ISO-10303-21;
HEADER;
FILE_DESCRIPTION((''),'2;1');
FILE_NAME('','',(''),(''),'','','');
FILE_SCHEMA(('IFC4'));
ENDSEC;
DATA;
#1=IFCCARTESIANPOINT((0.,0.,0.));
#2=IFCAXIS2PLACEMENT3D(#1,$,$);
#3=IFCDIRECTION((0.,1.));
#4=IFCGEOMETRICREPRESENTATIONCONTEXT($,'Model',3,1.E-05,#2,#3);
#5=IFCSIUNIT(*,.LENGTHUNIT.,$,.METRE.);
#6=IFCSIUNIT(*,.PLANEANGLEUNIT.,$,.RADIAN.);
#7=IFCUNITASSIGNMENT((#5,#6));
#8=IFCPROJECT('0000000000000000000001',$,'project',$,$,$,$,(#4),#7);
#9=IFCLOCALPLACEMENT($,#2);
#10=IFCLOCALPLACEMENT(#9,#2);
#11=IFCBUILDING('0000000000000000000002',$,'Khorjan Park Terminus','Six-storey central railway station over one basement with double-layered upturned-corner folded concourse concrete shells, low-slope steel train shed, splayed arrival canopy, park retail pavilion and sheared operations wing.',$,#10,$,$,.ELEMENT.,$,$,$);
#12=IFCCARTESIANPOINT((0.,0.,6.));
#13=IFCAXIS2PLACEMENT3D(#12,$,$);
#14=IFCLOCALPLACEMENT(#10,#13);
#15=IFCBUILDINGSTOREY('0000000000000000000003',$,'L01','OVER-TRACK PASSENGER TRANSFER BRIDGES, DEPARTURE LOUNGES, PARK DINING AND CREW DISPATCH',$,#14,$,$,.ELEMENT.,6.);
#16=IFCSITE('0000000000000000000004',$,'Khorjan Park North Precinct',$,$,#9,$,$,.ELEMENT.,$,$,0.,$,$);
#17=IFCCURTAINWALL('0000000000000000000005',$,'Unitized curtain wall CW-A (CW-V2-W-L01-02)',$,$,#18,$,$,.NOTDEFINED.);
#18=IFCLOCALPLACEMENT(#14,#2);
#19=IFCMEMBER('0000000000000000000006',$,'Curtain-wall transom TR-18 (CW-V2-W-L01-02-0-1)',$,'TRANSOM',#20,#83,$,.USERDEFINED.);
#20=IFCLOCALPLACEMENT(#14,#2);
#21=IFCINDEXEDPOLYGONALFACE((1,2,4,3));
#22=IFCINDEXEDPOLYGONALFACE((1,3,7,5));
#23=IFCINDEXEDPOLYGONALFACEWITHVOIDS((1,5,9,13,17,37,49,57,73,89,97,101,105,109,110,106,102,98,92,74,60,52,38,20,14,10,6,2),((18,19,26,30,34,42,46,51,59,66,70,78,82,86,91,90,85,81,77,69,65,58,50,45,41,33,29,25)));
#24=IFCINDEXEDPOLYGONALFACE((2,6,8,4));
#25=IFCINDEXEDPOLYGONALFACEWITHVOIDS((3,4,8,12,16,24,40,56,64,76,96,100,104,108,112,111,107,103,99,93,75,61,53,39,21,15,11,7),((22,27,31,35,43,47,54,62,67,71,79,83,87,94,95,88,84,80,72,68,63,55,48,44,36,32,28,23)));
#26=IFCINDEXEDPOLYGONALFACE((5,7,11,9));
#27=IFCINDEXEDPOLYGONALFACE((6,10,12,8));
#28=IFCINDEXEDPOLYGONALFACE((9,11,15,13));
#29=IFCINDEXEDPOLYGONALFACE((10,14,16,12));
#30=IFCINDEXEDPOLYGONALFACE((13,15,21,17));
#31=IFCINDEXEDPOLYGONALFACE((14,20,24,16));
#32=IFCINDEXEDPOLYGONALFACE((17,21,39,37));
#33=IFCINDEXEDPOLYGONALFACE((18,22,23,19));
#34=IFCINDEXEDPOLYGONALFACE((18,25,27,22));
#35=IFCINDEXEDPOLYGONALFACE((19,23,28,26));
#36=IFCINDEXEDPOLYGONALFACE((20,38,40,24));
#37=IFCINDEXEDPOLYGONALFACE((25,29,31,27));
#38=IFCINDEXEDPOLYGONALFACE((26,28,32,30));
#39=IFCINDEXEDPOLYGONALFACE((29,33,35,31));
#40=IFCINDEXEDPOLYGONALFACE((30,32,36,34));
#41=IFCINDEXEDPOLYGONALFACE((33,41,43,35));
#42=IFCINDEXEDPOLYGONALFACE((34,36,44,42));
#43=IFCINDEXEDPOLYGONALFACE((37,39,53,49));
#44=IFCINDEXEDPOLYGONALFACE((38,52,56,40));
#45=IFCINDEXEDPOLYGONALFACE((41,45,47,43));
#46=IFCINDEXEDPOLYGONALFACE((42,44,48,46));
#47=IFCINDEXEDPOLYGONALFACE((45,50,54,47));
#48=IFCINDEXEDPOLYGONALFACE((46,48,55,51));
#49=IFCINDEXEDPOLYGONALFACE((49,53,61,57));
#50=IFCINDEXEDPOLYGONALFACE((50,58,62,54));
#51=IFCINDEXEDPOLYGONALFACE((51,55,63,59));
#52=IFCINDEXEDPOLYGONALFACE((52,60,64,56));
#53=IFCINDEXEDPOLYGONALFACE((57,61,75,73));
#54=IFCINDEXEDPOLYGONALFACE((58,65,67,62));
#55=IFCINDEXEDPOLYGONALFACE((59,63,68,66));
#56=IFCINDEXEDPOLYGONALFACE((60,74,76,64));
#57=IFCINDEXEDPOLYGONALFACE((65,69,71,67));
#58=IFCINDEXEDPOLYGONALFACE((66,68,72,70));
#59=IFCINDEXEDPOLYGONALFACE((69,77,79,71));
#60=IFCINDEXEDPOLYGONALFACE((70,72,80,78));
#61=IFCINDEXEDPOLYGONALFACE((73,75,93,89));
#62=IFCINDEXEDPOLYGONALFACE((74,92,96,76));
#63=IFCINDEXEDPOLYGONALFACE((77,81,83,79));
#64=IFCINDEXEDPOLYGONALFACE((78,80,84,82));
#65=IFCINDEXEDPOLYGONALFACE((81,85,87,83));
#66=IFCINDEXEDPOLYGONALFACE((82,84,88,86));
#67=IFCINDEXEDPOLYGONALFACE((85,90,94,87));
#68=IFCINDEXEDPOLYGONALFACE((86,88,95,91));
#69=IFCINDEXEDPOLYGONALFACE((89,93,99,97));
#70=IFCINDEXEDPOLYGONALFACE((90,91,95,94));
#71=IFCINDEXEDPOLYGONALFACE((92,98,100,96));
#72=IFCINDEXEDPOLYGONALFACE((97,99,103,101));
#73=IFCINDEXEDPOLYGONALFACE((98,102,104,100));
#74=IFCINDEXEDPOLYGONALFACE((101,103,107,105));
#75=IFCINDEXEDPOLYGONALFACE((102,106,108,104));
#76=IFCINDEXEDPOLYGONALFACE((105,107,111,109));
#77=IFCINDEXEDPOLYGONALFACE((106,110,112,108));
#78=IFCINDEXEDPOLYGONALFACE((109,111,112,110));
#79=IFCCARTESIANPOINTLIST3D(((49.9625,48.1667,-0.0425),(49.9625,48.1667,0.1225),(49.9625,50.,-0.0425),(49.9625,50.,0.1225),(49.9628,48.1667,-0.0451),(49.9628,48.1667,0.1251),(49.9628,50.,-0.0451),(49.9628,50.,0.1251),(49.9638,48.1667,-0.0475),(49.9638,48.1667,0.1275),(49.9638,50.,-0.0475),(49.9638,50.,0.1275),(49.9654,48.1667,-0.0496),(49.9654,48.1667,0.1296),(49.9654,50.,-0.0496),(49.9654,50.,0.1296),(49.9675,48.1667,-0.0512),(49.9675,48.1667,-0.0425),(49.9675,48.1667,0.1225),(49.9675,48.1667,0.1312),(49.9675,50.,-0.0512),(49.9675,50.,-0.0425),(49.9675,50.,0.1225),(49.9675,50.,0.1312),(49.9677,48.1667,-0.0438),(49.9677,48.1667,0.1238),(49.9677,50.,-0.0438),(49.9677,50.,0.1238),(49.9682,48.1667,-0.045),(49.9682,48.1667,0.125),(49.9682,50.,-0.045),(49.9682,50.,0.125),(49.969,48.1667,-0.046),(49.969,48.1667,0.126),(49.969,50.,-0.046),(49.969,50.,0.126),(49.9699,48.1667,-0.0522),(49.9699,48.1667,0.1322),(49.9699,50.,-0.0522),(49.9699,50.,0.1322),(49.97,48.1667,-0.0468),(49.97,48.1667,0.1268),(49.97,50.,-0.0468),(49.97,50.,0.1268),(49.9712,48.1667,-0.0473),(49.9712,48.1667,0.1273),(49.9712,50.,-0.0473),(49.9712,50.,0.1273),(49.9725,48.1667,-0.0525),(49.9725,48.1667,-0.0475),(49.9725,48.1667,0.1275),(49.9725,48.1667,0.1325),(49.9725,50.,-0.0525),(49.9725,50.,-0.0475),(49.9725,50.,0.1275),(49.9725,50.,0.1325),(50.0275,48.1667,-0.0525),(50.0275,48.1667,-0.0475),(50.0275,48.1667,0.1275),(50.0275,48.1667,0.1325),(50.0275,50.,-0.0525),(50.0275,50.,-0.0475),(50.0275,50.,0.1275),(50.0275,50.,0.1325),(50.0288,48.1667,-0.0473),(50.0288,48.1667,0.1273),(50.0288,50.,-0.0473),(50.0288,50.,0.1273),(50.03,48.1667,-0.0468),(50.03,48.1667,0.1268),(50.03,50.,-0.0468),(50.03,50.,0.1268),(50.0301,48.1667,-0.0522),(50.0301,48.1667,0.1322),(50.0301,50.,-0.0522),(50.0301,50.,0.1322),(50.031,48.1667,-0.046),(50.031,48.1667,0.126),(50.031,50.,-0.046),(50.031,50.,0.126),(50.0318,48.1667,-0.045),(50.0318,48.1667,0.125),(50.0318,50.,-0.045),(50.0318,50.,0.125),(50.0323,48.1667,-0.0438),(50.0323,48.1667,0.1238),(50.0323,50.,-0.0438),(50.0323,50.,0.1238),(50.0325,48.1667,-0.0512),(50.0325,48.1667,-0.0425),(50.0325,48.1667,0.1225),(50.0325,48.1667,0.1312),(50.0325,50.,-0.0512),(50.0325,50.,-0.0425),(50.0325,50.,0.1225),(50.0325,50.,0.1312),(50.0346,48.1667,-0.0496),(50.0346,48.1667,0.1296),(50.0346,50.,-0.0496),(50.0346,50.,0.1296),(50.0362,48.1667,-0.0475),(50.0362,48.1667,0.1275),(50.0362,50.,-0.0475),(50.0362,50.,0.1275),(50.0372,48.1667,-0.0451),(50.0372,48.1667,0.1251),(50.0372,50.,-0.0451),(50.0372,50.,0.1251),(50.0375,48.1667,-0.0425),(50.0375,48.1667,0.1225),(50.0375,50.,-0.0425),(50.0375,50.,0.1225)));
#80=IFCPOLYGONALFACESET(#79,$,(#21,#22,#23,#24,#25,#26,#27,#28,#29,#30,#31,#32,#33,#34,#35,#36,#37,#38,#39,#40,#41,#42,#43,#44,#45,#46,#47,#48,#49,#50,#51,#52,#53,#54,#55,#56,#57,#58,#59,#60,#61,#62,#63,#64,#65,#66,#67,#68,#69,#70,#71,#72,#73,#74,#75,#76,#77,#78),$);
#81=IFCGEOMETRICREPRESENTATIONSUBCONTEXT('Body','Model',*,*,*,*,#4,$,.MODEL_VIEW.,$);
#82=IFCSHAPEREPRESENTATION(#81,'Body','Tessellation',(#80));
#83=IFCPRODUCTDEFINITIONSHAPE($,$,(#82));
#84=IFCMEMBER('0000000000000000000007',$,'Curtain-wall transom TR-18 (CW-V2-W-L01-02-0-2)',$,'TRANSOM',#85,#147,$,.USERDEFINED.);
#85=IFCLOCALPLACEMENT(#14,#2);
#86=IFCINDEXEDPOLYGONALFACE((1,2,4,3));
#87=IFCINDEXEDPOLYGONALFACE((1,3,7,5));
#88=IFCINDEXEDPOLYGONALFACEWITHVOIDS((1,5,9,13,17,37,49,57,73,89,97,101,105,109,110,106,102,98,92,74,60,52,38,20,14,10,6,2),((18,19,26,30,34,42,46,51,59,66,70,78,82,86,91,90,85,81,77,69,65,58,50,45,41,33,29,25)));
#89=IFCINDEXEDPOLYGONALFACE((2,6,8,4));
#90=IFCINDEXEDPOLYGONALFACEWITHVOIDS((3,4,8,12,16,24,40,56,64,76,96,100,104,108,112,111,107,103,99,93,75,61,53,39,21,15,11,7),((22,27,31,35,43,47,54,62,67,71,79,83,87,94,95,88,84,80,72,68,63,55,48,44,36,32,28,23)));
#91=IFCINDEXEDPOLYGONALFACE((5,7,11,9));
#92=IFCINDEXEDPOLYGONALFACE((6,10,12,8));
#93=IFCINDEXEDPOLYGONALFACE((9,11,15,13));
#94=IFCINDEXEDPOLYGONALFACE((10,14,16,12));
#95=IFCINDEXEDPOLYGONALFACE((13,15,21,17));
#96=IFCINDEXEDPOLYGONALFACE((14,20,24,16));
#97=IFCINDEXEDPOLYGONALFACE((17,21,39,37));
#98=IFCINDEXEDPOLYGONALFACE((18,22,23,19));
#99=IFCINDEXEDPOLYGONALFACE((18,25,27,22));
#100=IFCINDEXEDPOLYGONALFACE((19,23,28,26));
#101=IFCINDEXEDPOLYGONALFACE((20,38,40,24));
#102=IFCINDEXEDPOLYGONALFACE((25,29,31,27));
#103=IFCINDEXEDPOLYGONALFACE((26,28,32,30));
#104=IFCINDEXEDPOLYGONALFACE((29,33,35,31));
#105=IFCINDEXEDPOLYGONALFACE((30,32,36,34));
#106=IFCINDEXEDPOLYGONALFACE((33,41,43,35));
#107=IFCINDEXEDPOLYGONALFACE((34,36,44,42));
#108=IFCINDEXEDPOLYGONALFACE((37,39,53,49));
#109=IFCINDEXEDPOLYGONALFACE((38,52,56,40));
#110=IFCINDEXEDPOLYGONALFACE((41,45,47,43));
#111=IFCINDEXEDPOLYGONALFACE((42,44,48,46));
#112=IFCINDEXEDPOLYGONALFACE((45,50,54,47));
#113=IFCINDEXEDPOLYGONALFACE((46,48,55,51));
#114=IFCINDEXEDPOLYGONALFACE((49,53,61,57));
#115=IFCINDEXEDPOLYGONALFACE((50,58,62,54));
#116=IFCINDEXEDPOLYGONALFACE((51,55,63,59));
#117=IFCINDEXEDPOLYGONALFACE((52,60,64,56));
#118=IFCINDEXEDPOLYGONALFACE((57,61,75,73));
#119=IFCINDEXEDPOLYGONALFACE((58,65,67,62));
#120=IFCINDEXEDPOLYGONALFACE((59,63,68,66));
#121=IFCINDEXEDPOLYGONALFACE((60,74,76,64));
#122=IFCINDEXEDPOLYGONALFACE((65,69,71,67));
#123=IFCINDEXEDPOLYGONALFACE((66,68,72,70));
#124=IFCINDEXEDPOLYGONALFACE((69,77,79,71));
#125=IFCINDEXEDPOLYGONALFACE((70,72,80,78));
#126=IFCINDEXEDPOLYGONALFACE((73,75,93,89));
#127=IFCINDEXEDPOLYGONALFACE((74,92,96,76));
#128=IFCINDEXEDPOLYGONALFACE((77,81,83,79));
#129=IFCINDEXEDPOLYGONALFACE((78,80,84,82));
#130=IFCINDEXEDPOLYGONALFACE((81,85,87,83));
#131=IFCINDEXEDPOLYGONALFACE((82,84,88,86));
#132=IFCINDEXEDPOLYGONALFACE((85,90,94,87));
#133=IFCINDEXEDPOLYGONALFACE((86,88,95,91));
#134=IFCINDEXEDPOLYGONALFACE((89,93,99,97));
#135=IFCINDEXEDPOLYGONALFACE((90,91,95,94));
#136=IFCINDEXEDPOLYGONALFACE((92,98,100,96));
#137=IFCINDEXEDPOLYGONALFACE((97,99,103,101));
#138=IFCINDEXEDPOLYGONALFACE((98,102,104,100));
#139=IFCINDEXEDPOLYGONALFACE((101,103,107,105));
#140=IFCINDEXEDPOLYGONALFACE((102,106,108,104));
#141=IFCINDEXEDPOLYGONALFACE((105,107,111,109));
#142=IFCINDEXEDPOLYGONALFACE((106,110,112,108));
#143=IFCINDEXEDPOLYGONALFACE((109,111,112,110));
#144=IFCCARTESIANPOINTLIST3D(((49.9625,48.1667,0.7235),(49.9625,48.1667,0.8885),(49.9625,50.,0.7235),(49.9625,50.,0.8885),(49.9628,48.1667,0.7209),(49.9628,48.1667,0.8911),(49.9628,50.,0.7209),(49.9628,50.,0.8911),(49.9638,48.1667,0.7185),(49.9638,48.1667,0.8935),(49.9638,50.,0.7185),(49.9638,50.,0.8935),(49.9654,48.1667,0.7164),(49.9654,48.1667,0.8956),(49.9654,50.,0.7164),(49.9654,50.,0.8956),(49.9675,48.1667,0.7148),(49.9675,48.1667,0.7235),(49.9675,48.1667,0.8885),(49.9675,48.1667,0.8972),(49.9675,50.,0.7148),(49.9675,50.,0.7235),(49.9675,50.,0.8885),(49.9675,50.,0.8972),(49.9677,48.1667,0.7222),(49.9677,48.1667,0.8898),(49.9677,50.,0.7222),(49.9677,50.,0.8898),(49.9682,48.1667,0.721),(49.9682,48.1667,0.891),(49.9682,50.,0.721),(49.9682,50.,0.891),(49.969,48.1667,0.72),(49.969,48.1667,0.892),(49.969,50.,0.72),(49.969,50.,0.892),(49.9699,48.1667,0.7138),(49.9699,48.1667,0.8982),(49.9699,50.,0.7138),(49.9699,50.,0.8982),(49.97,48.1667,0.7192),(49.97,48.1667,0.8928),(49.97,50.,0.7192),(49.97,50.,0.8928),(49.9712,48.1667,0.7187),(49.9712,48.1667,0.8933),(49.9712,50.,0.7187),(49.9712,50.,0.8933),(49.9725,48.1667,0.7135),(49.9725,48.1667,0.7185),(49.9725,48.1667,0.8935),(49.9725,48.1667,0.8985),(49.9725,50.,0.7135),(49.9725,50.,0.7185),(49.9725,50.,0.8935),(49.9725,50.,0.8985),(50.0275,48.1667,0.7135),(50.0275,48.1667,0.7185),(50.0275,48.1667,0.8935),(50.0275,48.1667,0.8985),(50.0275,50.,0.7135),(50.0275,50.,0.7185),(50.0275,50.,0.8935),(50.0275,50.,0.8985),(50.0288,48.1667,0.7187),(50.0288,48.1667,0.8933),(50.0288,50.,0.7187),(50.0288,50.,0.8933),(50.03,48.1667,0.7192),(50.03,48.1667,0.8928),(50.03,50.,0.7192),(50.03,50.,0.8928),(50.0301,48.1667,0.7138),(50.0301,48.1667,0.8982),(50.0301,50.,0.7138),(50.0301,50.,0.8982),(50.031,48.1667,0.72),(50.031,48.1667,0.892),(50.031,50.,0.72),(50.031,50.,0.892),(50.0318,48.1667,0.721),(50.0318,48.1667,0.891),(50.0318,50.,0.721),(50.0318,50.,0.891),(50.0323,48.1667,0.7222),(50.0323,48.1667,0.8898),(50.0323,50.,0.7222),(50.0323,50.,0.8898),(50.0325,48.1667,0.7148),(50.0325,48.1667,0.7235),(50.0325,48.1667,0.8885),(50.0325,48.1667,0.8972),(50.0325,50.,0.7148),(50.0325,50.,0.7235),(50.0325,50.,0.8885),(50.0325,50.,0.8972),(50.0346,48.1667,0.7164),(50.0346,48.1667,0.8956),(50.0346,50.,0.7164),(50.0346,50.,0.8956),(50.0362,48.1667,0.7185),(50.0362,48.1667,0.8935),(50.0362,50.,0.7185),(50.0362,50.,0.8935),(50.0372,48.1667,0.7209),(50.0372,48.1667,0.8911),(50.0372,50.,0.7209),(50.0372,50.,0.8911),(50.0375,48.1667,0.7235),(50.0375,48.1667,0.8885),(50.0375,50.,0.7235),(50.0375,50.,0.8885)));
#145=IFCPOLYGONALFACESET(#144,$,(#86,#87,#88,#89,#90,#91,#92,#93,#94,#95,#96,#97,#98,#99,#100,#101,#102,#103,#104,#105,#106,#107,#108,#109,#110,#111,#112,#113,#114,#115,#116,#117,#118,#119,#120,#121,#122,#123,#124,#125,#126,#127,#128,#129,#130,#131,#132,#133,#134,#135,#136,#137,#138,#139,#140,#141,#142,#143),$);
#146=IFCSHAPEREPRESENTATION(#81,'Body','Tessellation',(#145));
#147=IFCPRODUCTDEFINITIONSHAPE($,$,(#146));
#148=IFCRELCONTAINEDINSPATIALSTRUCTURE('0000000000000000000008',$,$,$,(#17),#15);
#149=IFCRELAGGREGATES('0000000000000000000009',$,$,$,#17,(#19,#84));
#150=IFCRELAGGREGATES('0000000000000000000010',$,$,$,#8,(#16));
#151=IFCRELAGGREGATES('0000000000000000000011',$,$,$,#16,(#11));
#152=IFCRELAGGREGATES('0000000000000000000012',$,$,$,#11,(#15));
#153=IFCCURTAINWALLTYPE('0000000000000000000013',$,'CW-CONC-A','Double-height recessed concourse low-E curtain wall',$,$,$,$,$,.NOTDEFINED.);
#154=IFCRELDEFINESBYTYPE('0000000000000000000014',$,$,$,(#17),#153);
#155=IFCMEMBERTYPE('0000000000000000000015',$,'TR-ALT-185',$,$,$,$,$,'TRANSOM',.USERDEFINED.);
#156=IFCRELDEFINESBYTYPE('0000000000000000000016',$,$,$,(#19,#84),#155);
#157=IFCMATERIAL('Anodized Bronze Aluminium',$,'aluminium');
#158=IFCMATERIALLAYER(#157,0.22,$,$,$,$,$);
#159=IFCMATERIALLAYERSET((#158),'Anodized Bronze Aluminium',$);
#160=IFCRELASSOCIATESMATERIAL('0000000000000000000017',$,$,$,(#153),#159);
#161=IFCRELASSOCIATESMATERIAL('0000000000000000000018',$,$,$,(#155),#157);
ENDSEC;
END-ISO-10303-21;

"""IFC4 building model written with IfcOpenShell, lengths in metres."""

from ifc_helpers import new_model, si_unit, direction, frame, origin, origin_2d, place, context, subcontext, project, spatial, hollow_rectangle, extrude, material, layer, layer_set, material_profile, profile_set, type_object, element, aggregate, save


model = new_model("IFC4")

# Units and contexts
model_context = context("Model", 3, precision=1e-05, world=origin(), true_north=direction((0.0, 1.0)))
body_context = subcontext(model_context, "Body", "Model", "MODEL_VIEW")
ifc_project = project(units=[si_unit("LENGTHUNIT", "METRE"), si_unit("PLANEANGLEUNIT", "RADIAN")], contexts=[model_context])

# Site, building, storey
site_placement = place(None, origin())
site = spatial("IfcSite", under=ifc_project, at=site_placement, Name="Khorjan Park North Precinct", CompositionType="ELEMENT", RefElevation=0.0)
building_placement = place(site_placement, origin())
building = spatial("IfcBuilding", under=site, at=building_placement, Name="Khorjan Park Terminus", Description="Six-storey central railway station over one basement with double-layered upturned-corner folded concourse concrete shells, low-slope steel train shed, splayed arrival canopy, park retail pavilion and sheared operations wing.", CompositionType="ELEMENT")
storey_placement = place(building_placement, frame((0.0, 0.0, 6.0)))
storey = spatial("IfcBuildingStorey", under=building, at=storey_placement, Name="L01", Description="OVER-TRACK PASSENGER TRANSFER BRIDGES, DEPARTURE LOUNGES, PARK DINING AND CREW DISPATCH", CompositionType="ELEMENT", Elevation=6.0)

# Curtain wall
ifc_material_1 = material(Name="Anodized Bronze Aluminium", Category="aluminium")
ifc_layer_1 = layer(ifc_material_1, 0.22)
ifc_layer_set_1 = layer_set([ifc_layer_1], Name="Anodized Bronze Aluminium")
curtain_wall_type_1 = type_object("IfcCurtainWallType", Name="CW-CONC-A", Description="Double-height recessed concourse low-E curtain wall", PredefinedType="NOTDEFINED", material=ifc_layer_set_1)
curtain_wall_1_placement = place(storey_placement, origin())
curtain_wall_1 = element("IfcCurtainWall", 1, at=curtain_wall_1_placement, inside=storey, type_object=curtain_wall_type_1, Name="Unitized curtain wall CW-A (CW-V2-W-L01-02)", PredefinedType="NOTDEFINED")

# Members
ifc_material_profile_1 = material_profile(ifc_material_1, hollow_rectangle(XDim=0.075, YDim=0.185, WallThickness=0.005, InnerFilletRadius=0.005, OuterFilletRadius=0.01, at=origin_2d()), Name="ALT 75x185x5")
ifc_profile_set_1 = profile_set([ifc_material_profile_1], Name="Anodized Bronze Aluminium")
member_type_1 = type_object("IfcMemberType", Name="TR-ALT-185", ElementType="TRANSOM", PredefinedType="USERDEFINED", material=ifc_profile_set_1)
member_1_placement = place(storey_placement, frame((50.0, 50.0, 0.04), z_axis=(0.0, -1.0, 0.0), x_axis=(1.0, 0.0, 0.0)))
member_1 = element("IfcMember", 2, at=member_1_placement, type_object=member_type_1, Name="Curtain-wall transom TR-18 (CW-V2-W-L01-02-0-1)", ObjectType="TRANSOM", PredefinedType="USERDEFINED", context=body_context, shape_type="SweptSolid", body=[
    extrude(hollow_rectangle(XDim=0.075, YDim=0.185, WallThickness=0.005, InnerFilletRadius=0.005, OuterFilletRadius=0.01, at=origin_2d()), origin(), (0.0, 0.0, 1.0), 1.8333),
])
member_2_placement = place(storey_placement, frame((50.0, 50.0, 0.806), z_axis=(0.0, -1.0, 0.0), x_axis=(1.0, 0.0, 0.0)))
member_2 = element("IfcMember", 3, at=member_2_placement, type_object=member_type_1, Name="Curtain-wall transom TR-18 (CW-V2-W-L01-02-0-2)", ObjectType="TRANSOM", PredefinedType="USERDEFINED", context=body_context, shape_type="SweptSolid", body=[
    extrude(hollow_rectangle(XDim=0.075, YDim=0.185, WallThickness=0.005, InnerFilletRadius=0.005, OuterFilletRadius=0.01, at=origin_2d()), origin(), (0.0, 0.0, 1.0), 1.8333),
])

aggregate(curtain_wall_1, [member_1, member_2])

save(model, "model.ifc")
